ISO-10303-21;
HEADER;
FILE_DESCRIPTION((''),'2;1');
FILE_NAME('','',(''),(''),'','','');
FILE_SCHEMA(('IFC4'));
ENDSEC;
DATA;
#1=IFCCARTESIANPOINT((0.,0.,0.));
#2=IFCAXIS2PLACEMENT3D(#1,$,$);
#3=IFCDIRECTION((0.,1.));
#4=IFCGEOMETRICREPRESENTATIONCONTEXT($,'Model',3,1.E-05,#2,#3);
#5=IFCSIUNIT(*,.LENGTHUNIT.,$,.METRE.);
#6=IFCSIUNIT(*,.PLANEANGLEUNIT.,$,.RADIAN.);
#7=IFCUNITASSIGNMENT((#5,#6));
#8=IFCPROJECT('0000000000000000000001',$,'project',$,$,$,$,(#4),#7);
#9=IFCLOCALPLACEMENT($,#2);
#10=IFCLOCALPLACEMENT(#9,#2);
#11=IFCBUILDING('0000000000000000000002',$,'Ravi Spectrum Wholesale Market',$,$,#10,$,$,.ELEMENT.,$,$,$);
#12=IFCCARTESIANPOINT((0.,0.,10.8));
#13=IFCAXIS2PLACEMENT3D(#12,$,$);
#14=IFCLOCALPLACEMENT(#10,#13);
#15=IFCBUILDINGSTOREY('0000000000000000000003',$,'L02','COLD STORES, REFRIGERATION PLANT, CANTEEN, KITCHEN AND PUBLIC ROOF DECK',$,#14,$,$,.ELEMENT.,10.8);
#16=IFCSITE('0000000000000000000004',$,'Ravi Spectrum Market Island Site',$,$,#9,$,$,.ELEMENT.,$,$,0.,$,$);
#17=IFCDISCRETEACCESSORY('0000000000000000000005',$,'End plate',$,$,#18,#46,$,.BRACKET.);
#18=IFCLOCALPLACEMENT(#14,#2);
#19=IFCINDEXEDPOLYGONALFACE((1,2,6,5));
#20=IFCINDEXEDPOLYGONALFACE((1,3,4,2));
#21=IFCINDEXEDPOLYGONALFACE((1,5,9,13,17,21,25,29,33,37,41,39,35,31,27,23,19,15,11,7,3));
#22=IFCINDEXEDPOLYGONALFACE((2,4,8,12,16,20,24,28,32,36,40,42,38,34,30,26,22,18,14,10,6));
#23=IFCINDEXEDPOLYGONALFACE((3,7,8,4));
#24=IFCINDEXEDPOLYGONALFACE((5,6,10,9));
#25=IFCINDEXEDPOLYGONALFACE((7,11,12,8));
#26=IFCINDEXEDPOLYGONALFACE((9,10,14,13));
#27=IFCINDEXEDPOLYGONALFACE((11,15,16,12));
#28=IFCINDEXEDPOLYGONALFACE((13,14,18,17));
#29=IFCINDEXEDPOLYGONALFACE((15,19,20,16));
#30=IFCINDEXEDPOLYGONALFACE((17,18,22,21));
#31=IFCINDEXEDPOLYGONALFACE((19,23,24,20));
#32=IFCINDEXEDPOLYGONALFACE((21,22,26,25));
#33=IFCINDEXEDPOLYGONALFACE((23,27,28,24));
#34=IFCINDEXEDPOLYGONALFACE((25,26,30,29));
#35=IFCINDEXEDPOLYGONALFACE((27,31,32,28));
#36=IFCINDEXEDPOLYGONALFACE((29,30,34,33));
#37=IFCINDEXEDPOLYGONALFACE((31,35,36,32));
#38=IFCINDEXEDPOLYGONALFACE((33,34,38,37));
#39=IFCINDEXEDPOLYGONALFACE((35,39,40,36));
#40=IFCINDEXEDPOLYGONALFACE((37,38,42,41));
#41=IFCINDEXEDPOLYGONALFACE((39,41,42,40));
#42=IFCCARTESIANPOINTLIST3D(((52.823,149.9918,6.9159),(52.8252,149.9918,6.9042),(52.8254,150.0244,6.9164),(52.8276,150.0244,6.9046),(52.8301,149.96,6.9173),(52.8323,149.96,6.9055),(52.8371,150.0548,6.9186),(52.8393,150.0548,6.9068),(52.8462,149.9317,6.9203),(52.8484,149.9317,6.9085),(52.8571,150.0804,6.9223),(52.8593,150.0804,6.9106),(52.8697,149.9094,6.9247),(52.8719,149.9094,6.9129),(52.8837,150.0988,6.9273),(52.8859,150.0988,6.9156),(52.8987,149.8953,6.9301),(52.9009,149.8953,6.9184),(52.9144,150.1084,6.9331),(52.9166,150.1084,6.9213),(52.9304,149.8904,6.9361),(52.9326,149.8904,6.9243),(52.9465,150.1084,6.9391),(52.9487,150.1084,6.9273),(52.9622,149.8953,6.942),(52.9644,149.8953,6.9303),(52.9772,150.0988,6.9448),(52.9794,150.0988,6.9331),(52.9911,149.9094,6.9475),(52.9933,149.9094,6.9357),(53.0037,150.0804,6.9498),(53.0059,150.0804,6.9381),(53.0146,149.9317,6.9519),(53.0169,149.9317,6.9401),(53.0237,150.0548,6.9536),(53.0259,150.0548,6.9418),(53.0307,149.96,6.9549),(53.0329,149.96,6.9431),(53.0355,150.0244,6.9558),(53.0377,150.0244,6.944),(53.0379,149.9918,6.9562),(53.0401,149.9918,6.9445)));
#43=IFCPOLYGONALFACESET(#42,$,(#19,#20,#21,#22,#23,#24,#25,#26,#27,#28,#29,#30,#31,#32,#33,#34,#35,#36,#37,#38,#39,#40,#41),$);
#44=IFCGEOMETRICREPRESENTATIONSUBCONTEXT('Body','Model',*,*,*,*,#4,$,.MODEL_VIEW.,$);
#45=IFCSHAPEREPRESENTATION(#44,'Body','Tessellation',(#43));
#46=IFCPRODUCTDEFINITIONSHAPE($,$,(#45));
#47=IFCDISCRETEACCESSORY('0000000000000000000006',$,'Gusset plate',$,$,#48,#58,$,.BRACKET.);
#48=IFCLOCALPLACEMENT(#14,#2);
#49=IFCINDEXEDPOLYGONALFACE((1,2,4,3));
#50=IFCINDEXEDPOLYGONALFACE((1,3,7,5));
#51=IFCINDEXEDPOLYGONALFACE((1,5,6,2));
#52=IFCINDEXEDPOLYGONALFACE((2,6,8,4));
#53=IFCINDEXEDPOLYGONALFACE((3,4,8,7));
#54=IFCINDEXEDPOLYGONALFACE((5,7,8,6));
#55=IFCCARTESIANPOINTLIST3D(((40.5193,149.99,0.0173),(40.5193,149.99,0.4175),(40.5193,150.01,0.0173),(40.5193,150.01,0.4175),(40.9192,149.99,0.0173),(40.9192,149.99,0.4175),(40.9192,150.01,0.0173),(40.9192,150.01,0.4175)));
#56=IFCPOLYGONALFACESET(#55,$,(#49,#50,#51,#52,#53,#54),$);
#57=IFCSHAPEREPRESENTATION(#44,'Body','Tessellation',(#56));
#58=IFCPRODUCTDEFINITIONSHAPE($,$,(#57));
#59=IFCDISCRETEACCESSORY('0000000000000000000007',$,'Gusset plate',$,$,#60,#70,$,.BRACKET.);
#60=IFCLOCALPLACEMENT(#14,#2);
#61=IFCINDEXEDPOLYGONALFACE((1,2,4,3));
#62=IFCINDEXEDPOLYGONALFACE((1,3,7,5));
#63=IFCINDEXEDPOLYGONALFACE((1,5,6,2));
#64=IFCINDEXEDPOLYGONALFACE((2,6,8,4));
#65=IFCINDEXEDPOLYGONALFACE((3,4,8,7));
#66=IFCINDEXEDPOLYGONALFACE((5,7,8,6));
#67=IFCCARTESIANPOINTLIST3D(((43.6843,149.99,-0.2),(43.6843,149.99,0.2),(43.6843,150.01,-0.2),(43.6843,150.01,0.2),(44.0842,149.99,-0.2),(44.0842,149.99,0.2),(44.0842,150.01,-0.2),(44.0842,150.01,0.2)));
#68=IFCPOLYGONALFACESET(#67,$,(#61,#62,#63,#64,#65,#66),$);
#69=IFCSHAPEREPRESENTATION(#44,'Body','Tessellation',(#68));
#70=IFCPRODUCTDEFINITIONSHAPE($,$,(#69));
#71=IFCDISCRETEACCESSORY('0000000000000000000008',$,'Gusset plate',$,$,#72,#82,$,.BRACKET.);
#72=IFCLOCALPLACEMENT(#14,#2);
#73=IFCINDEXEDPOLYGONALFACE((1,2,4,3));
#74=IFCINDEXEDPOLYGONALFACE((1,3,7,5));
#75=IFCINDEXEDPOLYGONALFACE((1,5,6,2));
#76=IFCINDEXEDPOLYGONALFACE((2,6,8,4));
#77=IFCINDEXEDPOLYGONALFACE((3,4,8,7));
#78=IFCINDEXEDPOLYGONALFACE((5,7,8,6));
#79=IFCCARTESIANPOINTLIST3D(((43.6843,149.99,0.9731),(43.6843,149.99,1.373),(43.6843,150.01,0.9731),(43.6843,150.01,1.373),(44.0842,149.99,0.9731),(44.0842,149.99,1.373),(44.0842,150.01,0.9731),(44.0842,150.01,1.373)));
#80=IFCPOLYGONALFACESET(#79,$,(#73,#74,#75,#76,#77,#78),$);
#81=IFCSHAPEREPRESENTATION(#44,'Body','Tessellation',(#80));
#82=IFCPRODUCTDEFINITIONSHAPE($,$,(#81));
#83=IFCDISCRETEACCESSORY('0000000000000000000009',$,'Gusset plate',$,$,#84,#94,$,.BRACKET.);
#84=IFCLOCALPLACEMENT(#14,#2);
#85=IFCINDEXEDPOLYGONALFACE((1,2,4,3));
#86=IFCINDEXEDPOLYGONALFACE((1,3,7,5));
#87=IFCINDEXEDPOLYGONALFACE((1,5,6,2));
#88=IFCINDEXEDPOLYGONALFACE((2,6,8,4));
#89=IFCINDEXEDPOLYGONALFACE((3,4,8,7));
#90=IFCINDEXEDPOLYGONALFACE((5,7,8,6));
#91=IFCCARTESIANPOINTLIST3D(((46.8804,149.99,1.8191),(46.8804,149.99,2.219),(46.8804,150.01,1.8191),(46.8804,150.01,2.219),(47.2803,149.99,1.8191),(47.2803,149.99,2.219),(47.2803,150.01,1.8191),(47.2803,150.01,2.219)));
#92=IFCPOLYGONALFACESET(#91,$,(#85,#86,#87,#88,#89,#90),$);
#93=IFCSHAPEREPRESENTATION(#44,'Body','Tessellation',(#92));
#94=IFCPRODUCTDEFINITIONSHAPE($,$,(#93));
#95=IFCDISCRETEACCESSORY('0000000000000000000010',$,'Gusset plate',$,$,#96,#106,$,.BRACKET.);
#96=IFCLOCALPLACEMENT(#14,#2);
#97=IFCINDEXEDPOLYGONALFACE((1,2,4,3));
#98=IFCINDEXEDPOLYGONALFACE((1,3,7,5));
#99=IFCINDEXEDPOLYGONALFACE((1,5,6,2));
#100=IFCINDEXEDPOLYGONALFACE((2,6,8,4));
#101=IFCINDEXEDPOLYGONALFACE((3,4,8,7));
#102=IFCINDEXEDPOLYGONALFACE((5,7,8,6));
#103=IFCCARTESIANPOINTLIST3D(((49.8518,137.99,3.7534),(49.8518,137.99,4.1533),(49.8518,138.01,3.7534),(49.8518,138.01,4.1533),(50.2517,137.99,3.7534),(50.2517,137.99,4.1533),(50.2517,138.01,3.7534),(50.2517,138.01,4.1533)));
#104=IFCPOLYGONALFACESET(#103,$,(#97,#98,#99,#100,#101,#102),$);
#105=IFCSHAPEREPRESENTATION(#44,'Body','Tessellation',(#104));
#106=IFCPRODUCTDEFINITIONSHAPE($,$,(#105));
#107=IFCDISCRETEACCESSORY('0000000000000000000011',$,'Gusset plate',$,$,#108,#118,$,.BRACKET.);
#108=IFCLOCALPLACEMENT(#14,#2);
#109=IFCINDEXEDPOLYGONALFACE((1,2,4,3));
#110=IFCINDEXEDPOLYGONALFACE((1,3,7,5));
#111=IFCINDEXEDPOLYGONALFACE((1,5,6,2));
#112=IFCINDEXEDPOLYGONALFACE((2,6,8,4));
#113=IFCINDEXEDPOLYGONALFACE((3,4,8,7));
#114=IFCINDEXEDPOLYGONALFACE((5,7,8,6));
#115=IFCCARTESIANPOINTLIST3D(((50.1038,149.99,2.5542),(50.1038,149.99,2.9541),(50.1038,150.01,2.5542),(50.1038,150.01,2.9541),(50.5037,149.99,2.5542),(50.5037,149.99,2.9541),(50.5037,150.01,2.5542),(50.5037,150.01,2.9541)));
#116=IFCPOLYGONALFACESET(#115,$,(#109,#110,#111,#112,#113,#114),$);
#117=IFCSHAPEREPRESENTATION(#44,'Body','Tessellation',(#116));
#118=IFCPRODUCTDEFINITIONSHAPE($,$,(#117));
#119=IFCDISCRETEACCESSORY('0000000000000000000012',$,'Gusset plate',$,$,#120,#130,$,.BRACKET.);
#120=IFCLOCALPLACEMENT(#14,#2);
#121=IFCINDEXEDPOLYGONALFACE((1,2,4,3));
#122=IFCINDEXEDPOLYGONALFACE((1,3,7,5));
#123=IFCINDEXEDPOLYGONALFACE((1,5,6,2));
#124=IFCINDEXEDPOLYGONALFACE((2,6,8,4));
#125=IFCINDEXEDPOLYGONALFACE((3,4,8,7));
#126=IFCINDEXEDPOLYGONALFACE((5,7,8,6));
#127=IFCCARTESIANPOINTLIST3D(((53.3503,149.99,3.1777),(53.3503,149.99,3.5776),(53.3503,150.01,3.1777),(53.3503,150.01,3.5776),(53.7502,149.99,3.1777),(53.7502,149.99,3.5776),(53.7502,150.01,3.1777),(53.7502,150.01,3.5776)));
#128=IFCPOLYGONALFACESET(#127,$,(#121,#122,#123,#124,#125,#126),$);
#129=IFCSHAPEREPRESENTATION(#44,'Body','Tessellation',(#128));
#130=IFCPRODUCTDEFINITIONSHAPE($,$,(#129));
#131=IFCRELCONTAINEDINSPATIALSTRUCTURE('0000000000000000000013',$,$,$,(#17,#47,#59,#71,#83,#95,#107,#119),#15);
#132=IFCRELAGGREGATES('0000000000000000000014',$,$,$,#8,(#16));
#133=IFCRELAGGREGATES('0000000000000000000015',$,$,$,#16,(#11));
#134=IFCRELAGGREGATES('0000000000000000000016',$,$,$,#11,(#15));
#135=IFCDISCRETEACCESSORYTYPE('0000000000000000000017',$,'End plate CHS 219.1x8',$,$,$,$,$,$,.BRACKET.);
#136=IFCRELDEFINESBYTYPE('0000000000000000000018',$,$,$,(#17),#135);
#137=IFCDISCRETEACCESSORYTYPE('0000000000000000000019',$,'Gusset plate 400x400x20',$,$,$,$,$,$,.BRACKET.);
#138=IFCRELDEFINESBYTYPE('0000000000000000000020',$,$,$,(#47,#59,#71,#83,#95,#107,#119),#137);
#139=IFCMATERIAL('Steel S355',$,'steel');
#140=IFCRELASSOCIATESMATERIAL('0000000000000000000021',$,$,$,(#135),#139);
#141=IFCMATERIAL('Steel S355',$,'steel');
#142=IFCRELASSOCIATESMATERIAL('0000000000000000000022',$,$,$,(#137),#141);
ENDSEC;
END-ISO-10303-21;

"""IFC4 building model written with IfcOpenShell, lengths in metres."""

from ifc_helpers import new_model, si_unit, direction, frame, origin, origin_2d, place, context, subcontext, project, spatial, rectangle, circle, extrude, material, material_profile, profile_set, type_object, element, save


model = new_model("IFC4")

# Units and contexts
model_context = context("Model", 3, precision=1e-05, world=origin(), true_north=direction((0.0, 1.0)))
body_context = subcontext(model_context, "Body", "Model", "MODEL_VIEW")
ifc_project = project(units=[si_unit("LENGTHUNIT", "METRE"), si_unit("PLANEANGLEUNIT", "RADIAN")], contexts=[model_context])

# Site, building, storey
site_placement = place(None, origin())
site = spatial("IfcSite", under=ifc_project, at=site_placement, Name="Ravi Spectrum Market Island Site", CompositionType="ELEMENT", RefElevation=0.0)
building_placement = place(site_placement, origin())
building = spatial("IfcBuilding", under=site, at=building_placement, Name="Ravi Spectrum Wholesale Market", CompositionType="ELEMENT")
storey_placement = place(building_placement, frame((0.0, 0.0, 10.8)))
storey = spatial("IfcBuildingStorey", under=building, at=storey_placement, Name="L02", Description="COLD STORES, REFRIGERATION PLANT, CANTEEN, KITCHEN AND PUBLIC ROOF DECK", CompositionType="ELEMENT", Elevation=10.8)

# Discrete accessories
ifc_material_1 = material(Name="Steel S355", Category="steel")
ifc_material_profile_1 = material_profile(ifc_material_1, circle(Radius=0.1096, at=origin_2d()))
ifc_profile_set_1 = profile_set([ifc_material_profile_1], Name="Steel S355")
discrete_accessory_type_1 = type_object("IfcDiscreteAccessoryType", Name="End plate CHS 219.1x8", PredefinedType="BRACKET", material=ifc_profile_set_1)
for number, where, z_axis, x_axis, name in (
    (1, (52.9326, 150.0, 6.9243), (-0.184289, 0.0, 0.982872), (0.0, -1.0, 0.0), "End plate"),
):
    element("IfcDiscreteAccessory", number, at=place(storey_placement, frame(where, z_axis=z_axis, x_axis=x_axis)), inside=storey, type_object=discrete_accessory_type_1, Name=name, PredefinedType="BRACKET", context=body_context, shape_type="SweptSolid", body=[
        extrude(circle(Radius=0.1096, at=origin_2d()), origin(), (0.0, 0.0, 1.0), 0.012),
    ])
ifc_material_2 = material(Name="Steel S355", Category="steel")
ifc_material_profile_2 = material_profile(ifc_material_2, rectangle(XDim=0.3999, YDim=0.02, at=origin_2d()))
ifc_profile_set_2 = profile_set([ifc_material_profile_2], Name="Steel S355")
discrete_accessory_type_2 = type_object("IfcDiscreteAccessoryType", Name="Gusset plate 400x400x20", PredefinedType="BRACKET", material=ifc_profile_set_2)
discrete_accessory_1_placement = place(storey_placement, frame((40.7192, 150.0, 0.0173), z_axis=(0.0, 0.0, 1.0), x_axis=(1.0, 0.0, 0.0)))
element("IfcDiscreteAccessory", 2, at=discrete_accessory_1_placement, inside=storey, type_object=discrete_accessory_type_2, Name="Gusset plate", PredefinedType="BRACKET", context=body_context, shape_type="SweptSolid", body=[
    extrude(rectangle(XDim=0.3999, YDim=0.02, at=origin_2d()), origin(), (0.0, 0.0, 1.0), 0.4001),
])
for number, where, z_axis, x_axis, name in (
    (3, (43.8843, 150.0, -0.2), (0.0, 0.0, 1.0), (1.0, 0.0, 0.0), "Gusset plate"),
    (4, (43.8843, 150.0, 0.9731), (0.0, 0.0, 1.0), (1.0, 0.0, 0.0), "Gusset plate"),
    (5, (47.0803, 150.0, 1.8191), (0.0, 0.0, 1.0), (1.0, 0.0, 0.0), "Gusset plate"),
    (6, (50.0518, 138.0, 3.7534), (0.0, 0.0, 1.0), (1.0, 0.0, 0.0), "Gusset plate"),
    (7, (50.3037, 150.0, 2.5542), (0.0, 0.0, 1.0), (1.0, 0.0, 0.0), "Gusset plate"),
    (8, (53.5503, 150.0, 3.1777), (0.0, 0.0, 1.0), (1.0, 0.0, 0.0), "Gusset plate"),
):
    element("IfcDiscreteAccessory", number, at=place(storey_placement, frame(where, z_axis=z_axis, x_axis=x_axis)), inside=storey, type_object=discrete_accessory_type_2, Name=name, PredefinedType="BRACKET", context=body_context, shape_type="SweptSolid", body=[
        extrude(rectangle(XDim=0.3999, YDim=0.02, at=origin_2d()), origin(), (0.0, 0.0, 1.0), 0.3999),
    ])

save(model, "model.ifc")
